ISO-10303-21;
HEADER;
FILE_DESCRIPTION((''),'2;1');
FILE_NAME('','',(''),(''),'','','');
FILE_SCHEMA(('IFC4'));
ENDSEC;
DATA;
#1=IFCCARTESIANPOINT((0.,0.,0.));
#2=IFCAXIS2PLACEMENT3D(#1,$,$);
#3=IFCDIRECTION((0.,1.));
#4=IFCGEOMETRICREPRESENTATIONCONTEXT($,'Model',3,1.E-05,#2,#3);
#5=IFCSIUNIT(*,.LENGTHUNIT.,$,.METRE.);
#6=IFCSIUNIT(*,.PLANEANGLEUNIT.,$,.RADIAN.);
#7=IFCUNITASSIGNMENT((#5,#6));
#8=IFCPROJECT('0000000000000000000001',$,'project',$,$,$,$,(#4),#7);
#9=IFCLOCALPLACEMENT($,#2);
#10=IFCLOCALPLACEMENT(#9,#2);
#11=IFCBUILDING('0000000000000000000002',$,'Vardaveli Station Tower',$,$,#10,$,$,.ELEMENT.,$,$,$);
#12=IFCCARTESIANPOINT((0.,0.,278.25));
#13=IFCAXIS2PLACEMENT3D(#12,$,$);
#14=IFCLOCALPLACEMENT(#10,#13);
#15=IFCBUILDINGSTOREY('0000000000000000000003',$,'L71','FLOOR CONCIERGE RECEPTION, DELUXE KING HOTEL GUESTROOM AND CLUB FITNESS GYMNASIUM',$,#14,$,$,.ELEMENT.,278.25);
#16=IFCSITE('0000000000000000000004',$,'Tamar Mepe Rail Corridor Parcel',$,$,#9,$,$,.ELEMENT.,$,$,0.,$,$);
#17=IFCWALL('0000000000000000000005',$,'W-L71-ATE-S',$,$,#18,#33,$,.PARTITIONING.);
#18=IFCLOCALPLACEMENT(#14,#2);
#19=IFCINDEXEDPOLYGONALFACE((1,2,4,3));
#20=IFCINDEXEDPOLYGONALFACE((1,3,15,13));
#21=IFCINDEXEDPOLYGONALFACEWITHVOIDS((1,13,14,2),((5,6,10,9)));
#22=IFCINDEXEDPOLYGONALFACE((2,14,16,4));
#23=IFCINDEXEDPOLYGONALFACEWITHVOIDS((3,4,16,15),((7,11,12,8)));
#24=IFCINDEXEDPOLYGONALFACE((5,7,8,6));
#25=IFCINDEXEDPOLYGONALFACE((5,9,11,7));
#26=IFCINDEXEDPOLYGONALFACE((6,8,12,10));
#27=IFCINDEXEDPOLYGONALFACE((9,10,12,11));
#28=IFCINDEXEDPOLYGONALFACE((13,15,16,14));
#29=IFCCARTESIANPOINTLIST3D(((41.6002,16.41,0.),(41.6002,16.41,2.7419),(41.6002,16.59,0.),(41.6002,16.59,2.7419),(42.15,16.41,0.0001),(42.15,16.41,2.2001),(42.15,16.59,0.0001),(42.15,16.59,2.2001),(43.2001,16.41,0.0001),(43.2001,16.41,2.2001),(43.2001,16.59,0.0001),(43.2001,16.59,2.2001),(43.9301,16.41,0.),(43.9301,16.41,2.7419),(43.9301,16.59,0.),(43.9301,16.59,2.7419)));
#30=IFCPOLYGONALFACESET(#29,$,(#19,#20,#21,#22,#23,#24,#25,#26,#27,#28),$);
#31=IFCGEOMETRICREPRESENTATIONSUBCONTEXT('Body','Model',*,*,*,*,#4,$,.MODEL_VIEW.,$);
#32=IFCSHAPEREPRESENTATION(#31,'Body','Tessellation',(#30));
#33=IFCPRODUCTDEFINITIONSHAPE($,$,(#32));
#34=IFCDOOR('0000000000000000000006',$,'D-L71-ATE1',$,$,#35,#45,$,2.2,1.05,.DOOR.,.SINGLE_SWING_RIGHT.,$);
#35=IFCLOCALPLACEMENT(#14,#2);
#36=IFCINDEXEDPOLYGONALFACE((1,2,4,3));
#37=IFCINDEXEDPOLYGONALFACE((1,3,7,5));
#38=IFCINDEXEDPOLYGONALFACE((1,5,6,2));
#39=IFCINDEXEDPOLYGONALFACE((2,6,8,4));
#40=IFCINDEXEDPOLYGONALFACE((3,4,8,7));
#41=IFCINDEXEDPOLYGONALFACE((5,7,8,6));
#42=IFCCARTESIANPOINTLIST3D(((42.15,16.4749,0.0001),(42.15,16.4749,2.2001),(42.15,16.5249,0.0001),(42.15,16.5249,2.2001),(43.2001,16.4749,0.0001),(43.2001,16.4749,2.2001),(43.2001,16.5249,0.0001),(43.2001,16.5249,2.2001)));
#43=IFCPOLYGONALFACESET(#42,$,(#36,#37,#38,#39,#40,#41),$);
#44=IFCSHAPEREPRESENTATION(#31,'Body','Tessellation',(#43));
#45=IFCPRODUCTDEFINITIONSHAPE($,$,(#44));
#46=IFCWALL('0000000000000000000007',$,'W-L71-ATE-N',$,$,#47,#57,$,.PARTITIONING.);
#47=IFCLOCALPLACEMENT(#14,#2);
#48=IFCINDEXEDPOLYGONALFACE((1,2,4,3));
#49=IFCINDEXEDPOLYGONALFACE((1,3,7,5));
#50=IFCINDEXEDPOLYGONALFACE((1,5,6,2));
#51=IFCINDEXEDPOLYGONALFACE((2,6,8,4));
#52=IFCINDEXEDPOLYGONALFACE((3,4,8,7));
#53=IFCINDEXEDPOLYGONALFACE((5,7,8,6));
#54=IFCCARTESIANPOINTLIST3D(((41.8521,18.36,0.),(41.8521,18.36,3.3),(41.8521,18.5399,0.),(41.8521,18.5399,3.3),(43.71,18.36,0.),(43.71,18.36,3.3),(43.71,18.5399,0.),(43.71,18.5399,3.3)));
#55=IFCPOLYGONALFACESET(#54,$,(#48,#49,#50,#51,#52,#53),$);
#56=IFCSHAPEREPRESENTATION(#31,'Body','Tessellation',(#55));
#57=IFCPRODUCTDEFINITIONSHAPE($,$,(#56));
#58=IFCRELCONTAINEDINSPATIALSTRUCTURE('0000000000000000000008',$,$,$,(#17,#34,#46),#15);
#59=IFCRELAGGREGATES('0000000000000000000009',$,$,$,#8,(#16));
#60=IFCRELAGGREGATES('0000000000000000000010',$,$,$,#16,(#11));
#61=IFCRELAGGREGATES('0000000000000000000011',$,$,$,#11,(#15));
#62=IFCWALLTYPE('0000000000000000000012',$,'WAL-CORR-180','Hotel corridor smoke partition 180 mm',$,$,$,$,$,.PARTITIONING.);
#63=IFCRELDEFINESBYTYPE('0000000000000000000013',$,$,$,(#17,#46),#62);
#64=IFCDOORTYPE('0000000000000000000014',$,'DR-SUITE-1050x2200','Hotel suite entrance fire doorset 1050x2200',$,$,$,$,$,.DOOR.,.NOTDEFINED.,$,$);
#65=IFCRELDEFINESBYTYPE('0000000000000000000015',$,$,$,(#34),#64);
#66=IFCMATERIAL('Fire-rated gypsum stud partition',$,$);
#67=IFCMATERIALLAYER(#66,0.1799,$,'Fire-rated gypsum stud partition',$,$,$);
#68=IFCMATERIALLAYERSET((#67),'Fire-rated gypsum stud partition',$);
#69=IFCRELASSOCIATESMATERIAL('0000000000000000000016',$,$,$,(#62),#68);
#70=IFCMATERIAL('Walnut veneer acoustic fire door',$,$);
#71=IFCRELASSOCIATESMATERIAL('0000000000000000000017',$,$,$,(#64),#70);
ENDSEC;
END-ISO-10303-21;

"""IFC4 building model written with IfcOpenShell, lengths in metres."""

from ifc_helpers import new_model, si_unit, direction, frame, frame_2d, origin, place, context, subcontext, project, spatial, rectangle, extrude, source, transform, mapped, material, layer, layer_set, type_object, element, fill, save


model = new_model("IFC4")

# Units and contexts
model_context = context("Model", 3, precision=1e-05, world=origin(), true_north=direction((0.0, 1.0)))
body_context = subcontext(model_context, "Body", "Model", "MODEL_VIEW")
ifc_project = project(units=[si_unit("LENGTHUNIT", "METRE"), si_unit("PLANEANGLEUNIT", "RADIAN")], contexts=[model_context])

# Site, building, storey
site_placement = place(None, origin())
site = spatial("IfcSite", under=ifc_project, at=site_placement, Name="Tamar Mepe Rail Corridor Parcel", CompositionType="ELEMENT", RefElevation=0.0)
building_placement = place(site_placement, origin())
building = spatial("IfcBuilding", under=site, at=building_placement, Name="Vardaveli Station Tower", CompositionType="ELEMENT")
storey_placement = place(building_placement, frame((0.0, 0.0, 278.25)))
storey = spatial("IfcBuildingStorey", under=building, at=storey_placement, Name="L71", Description="FLOOR CONCIERGE RECEPTION, DELUXE KING HOTEL GUESTROOM AND CLUB FITNESS GYMNASIUM", CompositionType="ELEMENT", Elevation=278.25)

# Wall, opening, door
ifc_material_1 = material(Name="Fire-rated gypsum stud partition")
ifc_layer_1 = layer(ifc_material_1, 0.1799, Name="Fire-rated gypsum stud partition")
ifc_layer_set_1 = layer_set([ifc_layer_1], Name="Fire-rated gypsum stud partition")
wall_type_1 = type_object("IfcWallType", Name="WAL-CORR-180", Description="Hotel corridor smoke partition 180 mm", PredefinedType="PARTITIONING", material=ifc_layer_set_1)
shared_shape_1 = source(origin(), body_context, "Body", "SweptSolid", [
    extrude(rectangle(XDim=2.3298, YDim=0.1799, at=frame_2d((1.165, 0.0))), origin(), (0.0, 0.0, 1.0), 2.7419),
])
wall_1_placement = place(storey_placement, frame((41.6001, 16.5, 0.0), z_axis=(0.0, 0.0, 1.0), x_axis=(1.0, 0.0, 0.0)))
wall_1 = element("IfcWall", 1, at=wall_1_placement, inside=storey, type_object=wall_type_1, Name="W-L71-ATE-S", PredefinedType="PARTITIONING", context=body_context, shape_type="MappedRepresentation", body=[
    mapped(shared_shape_1, transform((0.0, 0.0, 0.0), scale=1.0)),
])
shared_shape_2 = source(origin(), body_context, "Body", "SweptSolid", [
    extrude(rectangle(XDim=1.05, YDim=2.2, at=frame_2d((0.5249, 1.1001))), frame((0.0, 0.1001, 0.0), z_axis=(0.0, -1.0, 0.0), x_axis=(1.0, 0.0, 0.0)), (0.0, 0.0, 1.0), 0.2),
])
opening_1_placement = place(wall_1_placement, frame((0.55, 0.0, 0.0)))
opening_1 = element("IfcOpeningElement", 2, at=opening_1_placement, cuts=wall_1, PredefinedType="OPENING", context=body_context, shape_type="MappedRepresentation", body=[
    mapped(shared_shape_2, transform((0.0, 0.0, 0.0), scale=1.0)),
])
ifc_material_2 = material(Name="Walnut veneer acoustic fire door")
door_type_1 = type_object("IfcDoorType", Name="DR-SUITE-1050x2200", Description="Hotel suite entrance fire doorset 1050x2200", OperationType="NOTDEFINED", PredefinedType="DOOR", material=ifc_material_2)
shared_shape_3 = source(origin(), body_context, "Body", "SweptSolid", [
    extrude(rectangle(XDim=1.05, YDim=2.2, at=frame_2d((0.5249, 1.1001))), frame((0.0, 0.0249, 0.0), z_axis=(0.0, -1.0, 0.0), x_axis=(1.0, 0.0, 0.0)), (0.0, 0.0, 1.0), 0.05),
])
door_1_placement = place(opening_1_placement, origin())
door_1 = element("IfcDoor", 3, at=door_1_placement, inside=storey, type_object=door_type_1, Name="D-L71-ATE1", OperationType="SINGLE_SWING_RIGHT", OverallHeight=2.2, OverallWidth=1.05, PredefinedType="DOOR", context=body_context, shape_type="MappedRepresentation", body=[
    mapped(shared_shape_3, transform((0.0, 0.0, 0.0), scale=1.0)),
])
fill(opening_1, door_1)

# Wall
shared_shape_4 = source(origin(), body_context, "Body", "SweptSolid", [
    extrude(rectangle(XDim=1.8579, YDim=0.1799, at=frame_2d((0.929, 0.0))), origin(), (0.0, 0.0, 1.0), 3.3),
])
wall_2_placement = place(storey_placement, frame((41.8521, 18.45, 0.0), z_axis=(0.0, 0.0, 1.0), x_axis=(1.0, 0.0, 0.0)))
element("IfcWall", 4, at=wall_2_placement, inside=storey, type_object=wall_type_1, Name="W-L71-ATE-N", PredefinedType="PARTITIONING", context=body_context, shape_type="MappedRepresentation", body=[
    mapped(shared_shape_4, transform((0.0, 0.0, 0.0), scale=1.0)),
])

save(model, "model.ifc")
